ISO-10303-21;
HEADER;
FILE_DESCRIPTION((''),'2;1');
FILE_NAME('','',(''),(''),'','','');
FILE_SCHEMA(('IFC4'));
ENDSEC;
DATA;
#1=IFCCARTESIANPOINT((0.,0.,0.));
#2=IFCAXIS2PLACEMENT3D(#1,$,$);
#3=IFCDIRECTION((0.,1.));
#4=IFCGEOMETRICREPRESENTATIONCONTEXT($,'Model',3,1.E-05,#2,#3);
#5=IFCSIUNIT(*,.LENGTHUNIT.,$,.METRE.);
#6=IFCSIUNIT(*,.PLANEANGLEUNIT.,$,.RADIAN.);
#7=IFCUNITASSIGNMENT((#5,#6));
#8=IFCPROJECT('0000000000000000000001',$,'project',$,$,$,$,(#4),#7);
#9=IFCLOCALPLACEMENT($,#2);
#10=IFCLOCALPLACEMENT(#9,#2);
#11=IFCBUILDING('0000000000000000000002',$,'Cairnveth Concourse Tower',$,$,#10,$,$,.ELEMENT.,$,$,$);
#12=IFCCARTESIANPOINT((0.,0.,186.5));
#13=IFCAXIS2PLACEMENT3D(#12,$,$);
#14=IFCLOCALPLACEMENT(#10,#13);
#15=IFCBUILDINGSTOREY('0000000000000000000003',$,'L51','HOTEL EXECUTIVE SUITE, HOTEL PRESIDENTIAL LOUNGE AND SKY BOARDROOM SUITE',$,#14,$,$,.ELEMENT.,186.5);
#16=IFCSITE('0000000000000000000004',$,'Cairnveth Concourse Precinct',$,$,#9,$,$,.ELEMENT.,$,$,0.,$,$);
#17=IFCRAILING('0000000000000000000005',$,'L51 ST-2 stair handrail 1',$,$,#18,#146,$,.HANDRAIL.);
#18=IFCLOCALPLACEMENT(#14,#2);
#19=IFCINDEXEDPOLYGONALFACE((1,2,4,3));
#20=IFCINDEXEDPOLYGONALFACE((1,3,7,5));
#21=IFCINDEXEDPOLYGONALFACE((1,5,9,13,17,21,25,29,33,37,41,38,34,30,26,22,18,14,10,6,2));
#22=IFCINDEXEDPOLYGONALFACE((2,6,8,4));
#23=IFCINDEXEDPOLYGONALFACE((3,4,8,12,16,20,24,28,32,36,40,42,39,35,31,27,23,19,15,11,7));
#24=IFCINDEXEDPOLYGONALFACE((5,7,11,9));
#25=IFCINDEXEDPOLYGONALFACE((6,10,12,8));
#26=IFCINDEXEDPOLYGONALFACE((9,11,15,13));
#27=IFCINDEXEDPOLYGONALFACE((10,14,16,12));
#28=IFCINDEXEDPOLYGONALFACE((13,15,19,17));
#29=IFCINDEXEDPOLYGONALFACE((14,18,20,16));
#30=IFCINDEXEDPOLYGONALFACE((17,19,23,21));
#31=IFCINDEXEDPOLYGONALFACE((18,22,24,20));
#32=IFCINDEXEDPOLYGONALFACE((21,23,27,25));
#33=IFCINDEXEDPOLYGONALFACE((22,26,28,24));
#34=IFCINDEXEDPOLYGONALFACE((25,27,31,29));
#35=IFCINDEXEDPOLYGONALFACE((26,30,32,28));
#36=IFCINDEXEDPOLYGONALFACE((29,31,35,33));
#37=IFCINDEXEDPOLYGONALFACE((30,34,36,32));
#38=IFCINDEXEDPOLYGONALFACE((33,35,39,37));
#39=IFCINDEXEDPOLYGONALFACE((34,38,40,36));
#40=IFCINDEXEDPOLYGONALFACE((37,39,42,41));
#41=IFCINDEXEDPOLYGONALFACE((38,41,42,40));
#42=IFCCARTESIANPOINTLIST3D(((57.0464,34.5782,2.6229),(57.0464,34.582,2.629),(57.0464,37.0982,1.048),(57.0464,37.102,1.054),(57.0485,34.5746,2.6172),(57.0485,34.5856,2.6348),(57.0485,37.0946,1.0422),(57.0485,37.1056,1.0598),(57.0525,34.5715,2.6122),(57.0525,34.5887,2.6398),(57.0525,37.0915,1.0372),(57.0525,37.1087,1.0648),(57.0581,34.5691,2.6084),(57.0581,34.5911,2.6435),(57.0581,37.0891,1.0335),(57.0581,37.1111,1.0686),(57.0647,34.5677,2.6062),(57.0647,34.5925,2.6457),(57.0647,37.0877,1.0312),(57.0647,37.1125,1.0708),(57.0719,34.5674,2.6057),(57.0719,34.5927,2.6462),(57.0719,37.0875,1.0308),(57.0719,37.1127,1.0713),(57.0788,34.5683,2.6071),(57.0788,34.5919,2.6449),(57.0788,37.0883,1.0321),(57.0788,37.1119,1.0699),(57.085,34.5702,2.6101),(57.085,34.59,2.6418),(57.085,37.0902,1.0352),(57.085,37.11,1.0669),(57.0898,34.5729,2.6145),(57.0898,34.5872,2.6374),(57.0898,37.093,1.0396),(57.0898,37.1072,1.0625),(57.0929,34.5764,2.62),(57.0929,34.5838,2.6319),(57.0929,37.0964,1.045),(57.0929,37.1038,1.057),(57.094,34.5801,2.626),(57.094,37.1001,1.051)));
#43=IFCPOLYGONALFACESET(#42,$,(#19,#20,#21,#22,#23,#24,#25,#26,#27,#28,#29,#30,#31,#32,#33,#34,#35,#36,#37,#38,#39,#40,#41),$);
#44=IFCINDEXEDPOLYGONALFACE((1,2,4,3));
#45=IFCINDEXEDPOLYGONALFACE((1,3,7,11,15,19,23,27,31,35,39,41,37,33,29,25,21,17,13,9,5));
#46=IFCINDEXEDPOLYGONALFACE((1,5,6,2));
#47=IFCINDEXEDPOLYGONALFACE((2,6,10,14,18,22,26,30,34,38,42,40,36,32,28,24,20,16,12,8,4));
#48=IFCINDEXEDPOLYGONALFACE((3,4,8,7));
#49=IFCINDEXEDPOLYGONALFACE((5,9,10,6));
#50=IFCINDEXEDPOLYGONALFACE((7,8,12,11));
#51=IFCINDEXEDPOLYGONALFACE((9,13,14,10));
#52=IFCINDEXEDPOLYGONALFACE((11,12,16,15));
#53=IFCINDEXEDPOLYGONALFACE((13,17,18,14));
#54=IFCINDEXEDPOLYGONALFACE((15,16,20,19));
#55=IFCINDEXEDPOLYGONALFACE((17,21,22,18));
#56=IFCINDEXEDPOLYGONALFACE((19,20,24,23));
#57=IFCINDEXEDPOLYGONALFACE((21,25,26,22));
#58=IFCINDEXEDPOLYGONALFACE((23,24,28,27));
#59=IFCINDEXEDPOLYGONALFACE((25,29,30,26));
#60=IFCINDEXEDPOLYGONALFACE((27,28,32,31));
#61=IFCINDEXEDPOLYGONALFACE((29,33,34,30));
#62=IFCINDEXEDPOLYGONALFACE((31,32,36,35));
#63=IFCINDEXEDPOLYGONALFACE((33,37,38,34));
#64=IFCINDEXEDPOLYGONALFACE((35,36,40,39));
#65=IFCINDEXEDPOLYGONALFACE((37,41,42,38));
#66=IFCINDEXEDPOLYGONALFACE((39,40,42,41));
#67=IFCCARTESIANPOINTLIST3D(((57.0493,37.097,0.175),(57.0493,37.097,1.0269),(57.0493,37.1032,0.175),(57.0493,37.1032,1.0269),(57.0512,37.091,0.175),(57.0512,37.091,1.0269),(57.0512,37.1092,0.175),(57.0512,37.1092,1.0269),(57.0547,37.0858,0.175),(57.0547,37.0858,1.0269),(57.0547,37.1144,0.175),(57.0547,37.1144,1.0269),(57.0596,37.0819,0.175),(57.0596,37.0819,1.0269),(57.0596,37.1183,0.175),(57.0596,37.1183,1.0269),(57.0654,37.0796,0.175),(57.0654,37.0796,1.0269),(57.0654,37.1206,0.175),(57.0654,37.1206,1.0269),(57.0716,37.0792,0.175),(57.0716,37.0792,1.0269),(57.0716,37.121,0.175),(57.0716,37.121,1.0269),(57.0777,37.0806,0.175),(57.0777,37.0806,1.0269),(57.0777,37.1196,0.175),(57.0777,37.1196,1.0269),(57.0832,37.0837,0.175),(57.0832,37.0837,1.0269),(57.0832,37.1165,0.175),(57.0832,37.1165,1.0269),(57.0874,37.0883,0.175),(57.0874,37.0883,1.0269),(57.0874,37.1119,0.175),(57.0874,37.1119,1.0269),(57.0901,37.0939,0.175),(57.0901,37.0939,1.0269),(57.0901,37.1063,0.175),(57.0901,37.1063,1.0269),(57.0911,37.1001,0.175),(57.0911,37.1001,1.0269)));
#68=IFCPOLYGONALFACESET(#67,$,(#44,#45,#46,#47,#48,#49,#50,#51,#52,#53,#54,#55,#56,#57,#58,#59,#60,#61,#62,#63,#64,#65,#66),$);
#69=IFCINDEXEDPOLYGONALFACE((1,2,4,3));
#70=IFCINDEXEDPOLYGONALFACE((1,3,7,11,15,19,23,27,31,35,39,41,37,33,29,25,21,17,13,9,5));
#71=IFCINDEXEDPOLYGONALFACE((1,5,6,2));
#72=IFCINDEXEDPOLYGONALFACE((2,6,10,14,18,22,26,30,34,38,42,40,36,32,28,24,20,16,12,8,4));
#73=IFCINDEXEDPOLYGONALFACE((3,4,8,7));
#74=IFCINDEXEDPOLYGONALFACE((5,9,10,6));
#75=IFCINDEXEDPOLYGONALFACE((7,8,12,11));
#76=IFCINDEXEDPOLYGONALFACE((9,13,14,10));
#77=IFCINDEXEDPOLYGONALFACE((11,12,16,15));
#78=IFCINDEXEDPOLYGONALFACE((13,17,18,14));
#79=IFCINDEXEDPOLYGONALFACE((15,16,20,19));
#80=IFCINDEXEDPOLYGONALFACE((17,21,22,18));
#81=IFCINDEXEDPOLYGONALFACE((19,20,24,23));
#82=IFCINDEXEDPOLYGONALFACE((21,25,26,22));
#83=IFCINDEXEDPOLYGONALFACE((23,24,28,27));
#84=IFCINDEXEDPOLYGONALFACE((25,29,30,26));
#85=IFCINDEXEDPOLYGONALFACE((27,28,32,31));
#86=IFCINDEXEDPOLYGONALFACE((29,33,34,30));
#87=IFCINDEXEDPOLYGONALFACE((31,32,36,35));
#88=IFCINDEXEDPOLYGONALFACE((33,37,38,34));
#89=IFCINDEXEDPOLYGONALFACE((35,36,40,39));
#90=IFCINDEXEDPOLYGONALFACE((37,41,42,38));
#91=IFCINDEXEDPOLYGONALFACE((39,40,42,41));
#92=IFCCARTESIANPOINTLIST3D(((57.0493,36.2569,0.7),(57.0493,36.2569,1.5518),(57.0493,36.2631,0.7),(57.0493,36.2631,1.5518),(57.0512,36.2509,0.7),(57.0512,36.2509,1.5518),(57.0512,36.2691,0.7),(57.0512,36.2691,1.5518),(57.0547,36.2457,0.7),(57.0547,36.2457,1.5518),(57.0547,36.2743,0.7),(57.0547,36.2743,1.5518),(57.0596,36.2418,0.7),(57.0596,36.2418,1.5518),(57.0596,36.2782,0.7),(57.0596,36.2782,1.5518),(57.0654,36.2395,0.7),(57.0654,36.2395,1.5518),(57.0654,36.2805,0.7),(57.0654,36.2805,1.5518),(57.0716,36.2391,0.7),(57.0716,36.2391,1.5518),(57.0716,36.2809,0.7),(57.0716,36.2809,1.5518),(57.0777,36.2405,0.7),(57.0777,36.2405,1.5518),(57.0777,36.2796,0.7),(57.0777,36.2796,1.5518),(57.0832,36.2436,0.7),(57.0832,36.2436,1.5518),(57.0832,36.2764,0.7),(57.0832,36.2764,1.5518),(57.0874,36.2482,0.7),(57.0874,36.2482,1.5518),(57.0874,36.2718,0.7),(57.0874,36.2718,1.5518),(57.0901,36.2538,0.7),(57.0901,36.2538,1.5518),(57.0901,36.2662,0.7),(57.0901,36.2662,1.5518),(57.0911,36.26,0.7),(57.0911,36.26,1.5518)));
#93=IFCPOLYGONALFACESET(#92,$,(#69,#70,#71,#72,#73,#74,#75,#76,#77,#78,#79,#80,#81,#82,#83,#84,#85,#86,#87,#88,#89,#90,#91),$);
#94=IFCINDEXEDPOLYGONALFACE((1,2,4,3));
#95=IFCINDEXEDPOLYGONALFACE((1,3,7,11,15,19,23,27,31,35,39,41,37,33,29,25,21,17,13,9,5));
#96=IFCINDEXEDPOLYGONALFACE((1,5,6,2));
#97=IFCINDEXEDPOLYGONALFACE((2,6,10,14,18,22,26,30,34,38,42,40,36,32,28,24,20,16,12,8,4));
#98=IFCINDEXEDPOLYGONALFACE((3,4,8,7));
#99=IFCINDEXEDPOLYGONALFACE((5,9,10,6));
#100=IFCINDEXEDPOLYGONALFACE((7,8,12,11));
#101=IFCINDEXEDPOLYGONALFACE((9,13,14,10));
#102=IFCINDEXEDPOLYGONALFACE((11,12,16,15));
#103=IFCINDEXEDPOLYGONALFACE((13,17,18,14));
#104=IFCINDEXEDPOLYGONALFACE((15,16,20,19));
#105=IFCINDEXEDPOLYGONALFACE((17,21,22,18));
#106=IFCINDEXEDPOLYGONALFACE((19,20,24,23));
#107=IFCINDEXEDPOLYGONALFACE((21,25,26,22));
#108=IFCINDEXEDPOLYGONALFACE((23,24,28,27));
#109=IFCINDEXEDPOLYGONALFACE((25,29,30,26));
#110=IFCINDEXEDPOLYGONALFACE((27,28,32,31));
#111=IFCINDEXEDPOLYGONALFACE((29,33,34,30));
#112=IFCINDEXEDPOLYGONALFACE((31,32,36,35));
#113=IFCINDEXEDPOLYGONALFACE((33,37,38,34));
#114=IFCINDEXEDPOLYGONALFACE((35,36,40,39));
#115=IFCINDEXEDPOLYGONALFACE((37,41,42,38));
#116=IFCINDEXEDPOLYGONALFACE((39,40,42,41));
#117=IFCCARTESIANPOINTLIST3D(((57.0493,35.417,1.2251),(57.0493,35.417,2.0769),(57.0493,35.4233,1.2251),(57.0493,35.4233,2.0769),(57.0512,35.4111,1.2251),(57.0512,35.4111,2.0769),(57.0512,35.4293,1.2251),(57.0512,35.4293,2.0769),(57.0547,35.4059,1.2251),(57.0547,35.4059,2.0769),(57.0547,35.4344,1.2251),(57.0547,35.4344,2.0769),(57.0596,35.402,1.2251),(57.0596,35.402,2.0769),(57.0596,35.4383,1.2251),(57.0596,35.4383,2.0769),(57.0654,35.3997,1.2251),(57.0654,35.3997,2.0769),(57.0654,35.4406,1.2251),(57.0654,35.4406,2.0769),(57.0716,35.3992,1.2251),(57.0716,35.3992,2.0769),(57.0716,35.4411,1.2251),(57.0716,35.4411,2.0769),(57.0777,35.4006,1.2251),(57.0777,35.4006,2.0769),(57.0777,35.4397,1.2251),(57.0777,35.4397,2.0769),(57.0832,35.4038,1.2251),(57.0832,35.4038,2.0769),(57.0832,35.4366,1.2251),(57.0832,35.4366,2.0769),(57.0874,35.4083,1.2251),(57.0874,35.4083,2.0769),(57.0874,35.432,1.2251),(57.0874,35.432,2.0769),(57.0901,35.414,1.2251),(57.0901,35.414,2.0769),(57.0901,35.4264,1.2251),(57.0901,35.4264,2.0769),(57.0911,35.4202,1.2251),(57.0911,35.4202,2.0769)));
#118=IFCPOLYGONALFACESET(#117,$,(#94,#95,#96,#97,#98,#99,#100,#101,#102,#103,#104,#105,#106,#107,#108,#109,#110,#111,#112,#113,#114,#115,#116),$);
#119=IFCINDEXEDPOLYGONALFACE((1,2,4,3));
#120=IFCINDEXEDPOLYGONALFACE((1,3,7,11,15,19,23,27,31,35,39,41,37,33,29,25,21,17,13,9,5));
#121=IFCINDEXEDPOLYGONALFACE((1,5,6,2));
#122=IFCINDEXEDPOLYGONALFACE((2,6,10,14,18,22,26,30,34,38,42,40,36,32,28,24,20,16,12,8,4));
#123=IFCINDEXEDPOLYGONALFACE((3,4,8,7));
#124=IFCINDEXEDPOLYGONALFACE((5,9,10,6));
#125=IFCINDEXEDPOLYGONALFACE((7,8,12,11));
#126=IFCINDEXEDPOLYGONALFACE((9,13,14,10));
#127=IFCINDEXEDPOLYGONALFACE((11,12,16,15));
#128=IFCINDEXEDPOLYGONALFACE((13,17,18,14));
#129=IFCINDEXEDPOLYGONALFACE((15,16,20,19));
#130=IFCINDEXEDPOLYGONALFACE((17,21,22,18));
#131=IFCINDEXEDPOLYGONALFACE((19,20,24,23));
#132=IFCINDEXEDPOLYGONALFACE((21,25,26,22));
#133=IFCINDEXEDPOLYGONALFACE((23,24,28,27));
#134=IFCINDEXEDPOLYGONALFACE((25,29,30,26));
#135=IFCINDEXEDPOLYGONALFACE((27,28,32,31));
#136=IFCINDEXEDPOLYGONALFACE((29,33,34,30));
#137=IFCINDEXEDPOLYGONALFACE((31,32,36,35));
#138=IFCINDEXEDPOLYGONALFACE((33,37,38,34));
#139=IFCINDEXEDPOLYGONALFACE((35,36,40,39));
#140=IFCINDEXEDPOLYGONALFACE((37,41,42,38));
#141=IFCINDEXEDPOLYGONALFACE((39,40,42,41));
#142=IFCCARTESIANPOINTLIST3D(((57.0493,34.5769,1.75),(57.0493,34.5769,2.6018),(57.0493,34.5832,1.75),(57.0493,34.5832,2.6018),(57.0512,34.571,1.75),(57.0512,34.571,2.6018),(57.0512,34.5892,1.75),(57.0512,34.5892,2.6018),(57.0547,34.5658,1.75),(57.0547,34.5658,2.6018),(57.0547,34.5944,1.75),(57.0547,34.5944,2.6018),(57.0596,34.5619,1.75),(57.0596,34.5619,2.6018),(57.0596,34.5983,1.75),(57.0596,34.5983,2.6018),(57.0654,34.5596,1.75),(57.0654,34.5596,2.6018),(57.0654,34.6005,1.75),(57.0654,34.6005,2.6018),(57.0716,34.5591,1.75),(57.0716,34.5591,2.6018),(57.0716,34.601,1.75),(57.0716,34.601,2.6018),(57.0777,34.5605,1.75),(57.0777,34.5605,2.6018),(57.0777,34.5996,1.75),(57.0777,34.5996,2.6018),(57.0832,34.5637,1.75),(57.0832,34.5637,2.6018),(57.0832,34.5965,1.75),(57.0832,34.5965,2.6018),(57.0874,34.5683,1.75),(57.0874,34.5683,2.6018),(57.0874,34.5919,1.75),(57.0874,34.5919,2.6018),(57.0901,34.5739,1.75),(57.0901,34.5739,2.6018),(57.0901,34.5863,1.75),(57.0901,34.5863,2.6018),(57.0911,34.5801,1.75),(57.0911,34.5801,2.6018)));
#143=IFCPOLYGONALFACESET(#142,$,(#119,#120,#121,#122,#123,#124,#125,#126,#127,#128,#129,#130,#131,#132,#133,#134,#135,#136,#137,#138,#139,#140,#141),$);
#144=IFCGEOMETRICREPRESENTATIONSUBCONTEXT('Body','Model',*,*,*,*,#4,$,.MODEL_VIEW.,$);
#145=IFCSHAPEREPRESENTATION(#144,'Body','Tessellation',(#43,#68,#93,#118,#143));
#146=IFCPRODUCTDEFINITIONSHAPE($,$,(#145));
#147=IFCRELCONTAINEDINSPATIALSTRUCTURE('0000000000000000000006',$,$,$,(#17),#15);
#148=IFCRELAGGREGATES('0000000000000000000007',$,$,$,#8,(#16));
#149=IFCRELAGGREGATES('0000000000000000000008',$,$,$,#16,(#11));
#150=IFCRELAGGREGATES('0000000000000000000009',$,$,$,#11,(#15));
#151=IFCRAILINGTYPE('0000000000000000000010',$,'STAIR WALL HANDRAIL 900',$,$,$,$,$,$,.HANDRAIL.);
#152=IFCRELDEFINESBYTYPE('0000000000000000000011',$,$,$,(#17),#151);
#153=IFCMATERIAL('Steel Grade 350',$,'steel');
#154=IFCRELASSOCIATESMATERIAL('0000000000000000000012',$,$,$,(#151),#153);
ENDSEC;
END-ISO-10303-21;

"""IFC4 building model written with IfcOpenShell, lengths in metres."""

from ifc_helpers import new_model, si_unit, direction, frame, origin, origin_2d, place, context, subcontext, project, spatial, circle, extrude, material, type_object, element, save


model = new_model("IFC4")

# Units and contexts
model_context = context("Model", 3, precision=1e-05, world=origin(), true_north=direction((0.0, 1.0)))
body_context = subcontext(model_context, "Body", "Model", "MODEL_VIEW")
ifc_project = project(units=[si_unit("LENGTHUNIT", "METRE"), si_unit("PLANEANGLEUNIT", "RADIAN")], contexts=[model_context])

# Site, building, storey
site_placement = place(None, origin())
site = spatial("IfcSite", under=ifc_project, at=site_placement, Name="Cairnveth Concourse Precinct", CompositionType="ELEMENT", RefElevation=0.0)
building_placement = place(site_placement, origin())
building = spatial("IfcBuilding", under=site, at=building_placement, Name="Cairnveth Concourse Tower", CompositionType="ELEMENT")
storey_placement = place(building_placement, frame((0.0, 0.0, 186.5)))
storey = spatial("IfcBuildingStorey", under=building, at=storey_placement, Name="L51", Description="HOTEL EXECUTIVE SUITE, HOTEL PRESIDENTIAL LOUNGE AND SKY BOARDROOM SUITE", CompositionType="ELEMENT", Elevation=186.5)

# Shared definitions
ifc_material_1 = material(Name="Steel Grade 350", Category="steel")

# Railing
railing_type_1 = type_object("IfcRailingType", Name="STAIR WALL HANDRAIL 900", PredefinedType="HANDRAIL", material=ifc_material_1)
railing_1_placement = place(storey_placement, frame((57.0701, 37.1001, 0.175)))
element("IfcRailing", 1, at=railing_1_placement, inside=storey, type_object=railing_type_1, Name="L51 ST-2 stair handrail 1", PredefinedType="HANDRAIL", context=body_context, shape_type="SweptSolid", body=[
    extrude(circle(Radius=0.0239, at=origin_2d()), frame((0.0, 0.0, 0.876), z_axis=(0.0, -0.848008, 0.529984), x_axis=(1.0, 0.0, 0.0)), (0.0, 0.0, 1.0), 2.9717),
    extrude(circle(Radius=0.021, at=origin_2d()), origin(), (0.0, 0.0, 1.0), 0.8518),
    extrude(circle(Radius=0.021, at=origin_2d()), frame((0.0, -0.8401, 0.5249)), (0.0, 0.0, 1.0), 0.8518),
    extrude(circle(Radius=0.021, at=origin_2d()), frame((0.0, -1.6799, 1.05)), (0.0, 0.0, 1.0), 0.8518),
    extrude(circle(Radius=0.021, at=origin_2d()), frame((0.0, -2.52, 1.575)), (0.0, 0.0, 1.0), 0.8518),
])

save(model, "model.ifc")
